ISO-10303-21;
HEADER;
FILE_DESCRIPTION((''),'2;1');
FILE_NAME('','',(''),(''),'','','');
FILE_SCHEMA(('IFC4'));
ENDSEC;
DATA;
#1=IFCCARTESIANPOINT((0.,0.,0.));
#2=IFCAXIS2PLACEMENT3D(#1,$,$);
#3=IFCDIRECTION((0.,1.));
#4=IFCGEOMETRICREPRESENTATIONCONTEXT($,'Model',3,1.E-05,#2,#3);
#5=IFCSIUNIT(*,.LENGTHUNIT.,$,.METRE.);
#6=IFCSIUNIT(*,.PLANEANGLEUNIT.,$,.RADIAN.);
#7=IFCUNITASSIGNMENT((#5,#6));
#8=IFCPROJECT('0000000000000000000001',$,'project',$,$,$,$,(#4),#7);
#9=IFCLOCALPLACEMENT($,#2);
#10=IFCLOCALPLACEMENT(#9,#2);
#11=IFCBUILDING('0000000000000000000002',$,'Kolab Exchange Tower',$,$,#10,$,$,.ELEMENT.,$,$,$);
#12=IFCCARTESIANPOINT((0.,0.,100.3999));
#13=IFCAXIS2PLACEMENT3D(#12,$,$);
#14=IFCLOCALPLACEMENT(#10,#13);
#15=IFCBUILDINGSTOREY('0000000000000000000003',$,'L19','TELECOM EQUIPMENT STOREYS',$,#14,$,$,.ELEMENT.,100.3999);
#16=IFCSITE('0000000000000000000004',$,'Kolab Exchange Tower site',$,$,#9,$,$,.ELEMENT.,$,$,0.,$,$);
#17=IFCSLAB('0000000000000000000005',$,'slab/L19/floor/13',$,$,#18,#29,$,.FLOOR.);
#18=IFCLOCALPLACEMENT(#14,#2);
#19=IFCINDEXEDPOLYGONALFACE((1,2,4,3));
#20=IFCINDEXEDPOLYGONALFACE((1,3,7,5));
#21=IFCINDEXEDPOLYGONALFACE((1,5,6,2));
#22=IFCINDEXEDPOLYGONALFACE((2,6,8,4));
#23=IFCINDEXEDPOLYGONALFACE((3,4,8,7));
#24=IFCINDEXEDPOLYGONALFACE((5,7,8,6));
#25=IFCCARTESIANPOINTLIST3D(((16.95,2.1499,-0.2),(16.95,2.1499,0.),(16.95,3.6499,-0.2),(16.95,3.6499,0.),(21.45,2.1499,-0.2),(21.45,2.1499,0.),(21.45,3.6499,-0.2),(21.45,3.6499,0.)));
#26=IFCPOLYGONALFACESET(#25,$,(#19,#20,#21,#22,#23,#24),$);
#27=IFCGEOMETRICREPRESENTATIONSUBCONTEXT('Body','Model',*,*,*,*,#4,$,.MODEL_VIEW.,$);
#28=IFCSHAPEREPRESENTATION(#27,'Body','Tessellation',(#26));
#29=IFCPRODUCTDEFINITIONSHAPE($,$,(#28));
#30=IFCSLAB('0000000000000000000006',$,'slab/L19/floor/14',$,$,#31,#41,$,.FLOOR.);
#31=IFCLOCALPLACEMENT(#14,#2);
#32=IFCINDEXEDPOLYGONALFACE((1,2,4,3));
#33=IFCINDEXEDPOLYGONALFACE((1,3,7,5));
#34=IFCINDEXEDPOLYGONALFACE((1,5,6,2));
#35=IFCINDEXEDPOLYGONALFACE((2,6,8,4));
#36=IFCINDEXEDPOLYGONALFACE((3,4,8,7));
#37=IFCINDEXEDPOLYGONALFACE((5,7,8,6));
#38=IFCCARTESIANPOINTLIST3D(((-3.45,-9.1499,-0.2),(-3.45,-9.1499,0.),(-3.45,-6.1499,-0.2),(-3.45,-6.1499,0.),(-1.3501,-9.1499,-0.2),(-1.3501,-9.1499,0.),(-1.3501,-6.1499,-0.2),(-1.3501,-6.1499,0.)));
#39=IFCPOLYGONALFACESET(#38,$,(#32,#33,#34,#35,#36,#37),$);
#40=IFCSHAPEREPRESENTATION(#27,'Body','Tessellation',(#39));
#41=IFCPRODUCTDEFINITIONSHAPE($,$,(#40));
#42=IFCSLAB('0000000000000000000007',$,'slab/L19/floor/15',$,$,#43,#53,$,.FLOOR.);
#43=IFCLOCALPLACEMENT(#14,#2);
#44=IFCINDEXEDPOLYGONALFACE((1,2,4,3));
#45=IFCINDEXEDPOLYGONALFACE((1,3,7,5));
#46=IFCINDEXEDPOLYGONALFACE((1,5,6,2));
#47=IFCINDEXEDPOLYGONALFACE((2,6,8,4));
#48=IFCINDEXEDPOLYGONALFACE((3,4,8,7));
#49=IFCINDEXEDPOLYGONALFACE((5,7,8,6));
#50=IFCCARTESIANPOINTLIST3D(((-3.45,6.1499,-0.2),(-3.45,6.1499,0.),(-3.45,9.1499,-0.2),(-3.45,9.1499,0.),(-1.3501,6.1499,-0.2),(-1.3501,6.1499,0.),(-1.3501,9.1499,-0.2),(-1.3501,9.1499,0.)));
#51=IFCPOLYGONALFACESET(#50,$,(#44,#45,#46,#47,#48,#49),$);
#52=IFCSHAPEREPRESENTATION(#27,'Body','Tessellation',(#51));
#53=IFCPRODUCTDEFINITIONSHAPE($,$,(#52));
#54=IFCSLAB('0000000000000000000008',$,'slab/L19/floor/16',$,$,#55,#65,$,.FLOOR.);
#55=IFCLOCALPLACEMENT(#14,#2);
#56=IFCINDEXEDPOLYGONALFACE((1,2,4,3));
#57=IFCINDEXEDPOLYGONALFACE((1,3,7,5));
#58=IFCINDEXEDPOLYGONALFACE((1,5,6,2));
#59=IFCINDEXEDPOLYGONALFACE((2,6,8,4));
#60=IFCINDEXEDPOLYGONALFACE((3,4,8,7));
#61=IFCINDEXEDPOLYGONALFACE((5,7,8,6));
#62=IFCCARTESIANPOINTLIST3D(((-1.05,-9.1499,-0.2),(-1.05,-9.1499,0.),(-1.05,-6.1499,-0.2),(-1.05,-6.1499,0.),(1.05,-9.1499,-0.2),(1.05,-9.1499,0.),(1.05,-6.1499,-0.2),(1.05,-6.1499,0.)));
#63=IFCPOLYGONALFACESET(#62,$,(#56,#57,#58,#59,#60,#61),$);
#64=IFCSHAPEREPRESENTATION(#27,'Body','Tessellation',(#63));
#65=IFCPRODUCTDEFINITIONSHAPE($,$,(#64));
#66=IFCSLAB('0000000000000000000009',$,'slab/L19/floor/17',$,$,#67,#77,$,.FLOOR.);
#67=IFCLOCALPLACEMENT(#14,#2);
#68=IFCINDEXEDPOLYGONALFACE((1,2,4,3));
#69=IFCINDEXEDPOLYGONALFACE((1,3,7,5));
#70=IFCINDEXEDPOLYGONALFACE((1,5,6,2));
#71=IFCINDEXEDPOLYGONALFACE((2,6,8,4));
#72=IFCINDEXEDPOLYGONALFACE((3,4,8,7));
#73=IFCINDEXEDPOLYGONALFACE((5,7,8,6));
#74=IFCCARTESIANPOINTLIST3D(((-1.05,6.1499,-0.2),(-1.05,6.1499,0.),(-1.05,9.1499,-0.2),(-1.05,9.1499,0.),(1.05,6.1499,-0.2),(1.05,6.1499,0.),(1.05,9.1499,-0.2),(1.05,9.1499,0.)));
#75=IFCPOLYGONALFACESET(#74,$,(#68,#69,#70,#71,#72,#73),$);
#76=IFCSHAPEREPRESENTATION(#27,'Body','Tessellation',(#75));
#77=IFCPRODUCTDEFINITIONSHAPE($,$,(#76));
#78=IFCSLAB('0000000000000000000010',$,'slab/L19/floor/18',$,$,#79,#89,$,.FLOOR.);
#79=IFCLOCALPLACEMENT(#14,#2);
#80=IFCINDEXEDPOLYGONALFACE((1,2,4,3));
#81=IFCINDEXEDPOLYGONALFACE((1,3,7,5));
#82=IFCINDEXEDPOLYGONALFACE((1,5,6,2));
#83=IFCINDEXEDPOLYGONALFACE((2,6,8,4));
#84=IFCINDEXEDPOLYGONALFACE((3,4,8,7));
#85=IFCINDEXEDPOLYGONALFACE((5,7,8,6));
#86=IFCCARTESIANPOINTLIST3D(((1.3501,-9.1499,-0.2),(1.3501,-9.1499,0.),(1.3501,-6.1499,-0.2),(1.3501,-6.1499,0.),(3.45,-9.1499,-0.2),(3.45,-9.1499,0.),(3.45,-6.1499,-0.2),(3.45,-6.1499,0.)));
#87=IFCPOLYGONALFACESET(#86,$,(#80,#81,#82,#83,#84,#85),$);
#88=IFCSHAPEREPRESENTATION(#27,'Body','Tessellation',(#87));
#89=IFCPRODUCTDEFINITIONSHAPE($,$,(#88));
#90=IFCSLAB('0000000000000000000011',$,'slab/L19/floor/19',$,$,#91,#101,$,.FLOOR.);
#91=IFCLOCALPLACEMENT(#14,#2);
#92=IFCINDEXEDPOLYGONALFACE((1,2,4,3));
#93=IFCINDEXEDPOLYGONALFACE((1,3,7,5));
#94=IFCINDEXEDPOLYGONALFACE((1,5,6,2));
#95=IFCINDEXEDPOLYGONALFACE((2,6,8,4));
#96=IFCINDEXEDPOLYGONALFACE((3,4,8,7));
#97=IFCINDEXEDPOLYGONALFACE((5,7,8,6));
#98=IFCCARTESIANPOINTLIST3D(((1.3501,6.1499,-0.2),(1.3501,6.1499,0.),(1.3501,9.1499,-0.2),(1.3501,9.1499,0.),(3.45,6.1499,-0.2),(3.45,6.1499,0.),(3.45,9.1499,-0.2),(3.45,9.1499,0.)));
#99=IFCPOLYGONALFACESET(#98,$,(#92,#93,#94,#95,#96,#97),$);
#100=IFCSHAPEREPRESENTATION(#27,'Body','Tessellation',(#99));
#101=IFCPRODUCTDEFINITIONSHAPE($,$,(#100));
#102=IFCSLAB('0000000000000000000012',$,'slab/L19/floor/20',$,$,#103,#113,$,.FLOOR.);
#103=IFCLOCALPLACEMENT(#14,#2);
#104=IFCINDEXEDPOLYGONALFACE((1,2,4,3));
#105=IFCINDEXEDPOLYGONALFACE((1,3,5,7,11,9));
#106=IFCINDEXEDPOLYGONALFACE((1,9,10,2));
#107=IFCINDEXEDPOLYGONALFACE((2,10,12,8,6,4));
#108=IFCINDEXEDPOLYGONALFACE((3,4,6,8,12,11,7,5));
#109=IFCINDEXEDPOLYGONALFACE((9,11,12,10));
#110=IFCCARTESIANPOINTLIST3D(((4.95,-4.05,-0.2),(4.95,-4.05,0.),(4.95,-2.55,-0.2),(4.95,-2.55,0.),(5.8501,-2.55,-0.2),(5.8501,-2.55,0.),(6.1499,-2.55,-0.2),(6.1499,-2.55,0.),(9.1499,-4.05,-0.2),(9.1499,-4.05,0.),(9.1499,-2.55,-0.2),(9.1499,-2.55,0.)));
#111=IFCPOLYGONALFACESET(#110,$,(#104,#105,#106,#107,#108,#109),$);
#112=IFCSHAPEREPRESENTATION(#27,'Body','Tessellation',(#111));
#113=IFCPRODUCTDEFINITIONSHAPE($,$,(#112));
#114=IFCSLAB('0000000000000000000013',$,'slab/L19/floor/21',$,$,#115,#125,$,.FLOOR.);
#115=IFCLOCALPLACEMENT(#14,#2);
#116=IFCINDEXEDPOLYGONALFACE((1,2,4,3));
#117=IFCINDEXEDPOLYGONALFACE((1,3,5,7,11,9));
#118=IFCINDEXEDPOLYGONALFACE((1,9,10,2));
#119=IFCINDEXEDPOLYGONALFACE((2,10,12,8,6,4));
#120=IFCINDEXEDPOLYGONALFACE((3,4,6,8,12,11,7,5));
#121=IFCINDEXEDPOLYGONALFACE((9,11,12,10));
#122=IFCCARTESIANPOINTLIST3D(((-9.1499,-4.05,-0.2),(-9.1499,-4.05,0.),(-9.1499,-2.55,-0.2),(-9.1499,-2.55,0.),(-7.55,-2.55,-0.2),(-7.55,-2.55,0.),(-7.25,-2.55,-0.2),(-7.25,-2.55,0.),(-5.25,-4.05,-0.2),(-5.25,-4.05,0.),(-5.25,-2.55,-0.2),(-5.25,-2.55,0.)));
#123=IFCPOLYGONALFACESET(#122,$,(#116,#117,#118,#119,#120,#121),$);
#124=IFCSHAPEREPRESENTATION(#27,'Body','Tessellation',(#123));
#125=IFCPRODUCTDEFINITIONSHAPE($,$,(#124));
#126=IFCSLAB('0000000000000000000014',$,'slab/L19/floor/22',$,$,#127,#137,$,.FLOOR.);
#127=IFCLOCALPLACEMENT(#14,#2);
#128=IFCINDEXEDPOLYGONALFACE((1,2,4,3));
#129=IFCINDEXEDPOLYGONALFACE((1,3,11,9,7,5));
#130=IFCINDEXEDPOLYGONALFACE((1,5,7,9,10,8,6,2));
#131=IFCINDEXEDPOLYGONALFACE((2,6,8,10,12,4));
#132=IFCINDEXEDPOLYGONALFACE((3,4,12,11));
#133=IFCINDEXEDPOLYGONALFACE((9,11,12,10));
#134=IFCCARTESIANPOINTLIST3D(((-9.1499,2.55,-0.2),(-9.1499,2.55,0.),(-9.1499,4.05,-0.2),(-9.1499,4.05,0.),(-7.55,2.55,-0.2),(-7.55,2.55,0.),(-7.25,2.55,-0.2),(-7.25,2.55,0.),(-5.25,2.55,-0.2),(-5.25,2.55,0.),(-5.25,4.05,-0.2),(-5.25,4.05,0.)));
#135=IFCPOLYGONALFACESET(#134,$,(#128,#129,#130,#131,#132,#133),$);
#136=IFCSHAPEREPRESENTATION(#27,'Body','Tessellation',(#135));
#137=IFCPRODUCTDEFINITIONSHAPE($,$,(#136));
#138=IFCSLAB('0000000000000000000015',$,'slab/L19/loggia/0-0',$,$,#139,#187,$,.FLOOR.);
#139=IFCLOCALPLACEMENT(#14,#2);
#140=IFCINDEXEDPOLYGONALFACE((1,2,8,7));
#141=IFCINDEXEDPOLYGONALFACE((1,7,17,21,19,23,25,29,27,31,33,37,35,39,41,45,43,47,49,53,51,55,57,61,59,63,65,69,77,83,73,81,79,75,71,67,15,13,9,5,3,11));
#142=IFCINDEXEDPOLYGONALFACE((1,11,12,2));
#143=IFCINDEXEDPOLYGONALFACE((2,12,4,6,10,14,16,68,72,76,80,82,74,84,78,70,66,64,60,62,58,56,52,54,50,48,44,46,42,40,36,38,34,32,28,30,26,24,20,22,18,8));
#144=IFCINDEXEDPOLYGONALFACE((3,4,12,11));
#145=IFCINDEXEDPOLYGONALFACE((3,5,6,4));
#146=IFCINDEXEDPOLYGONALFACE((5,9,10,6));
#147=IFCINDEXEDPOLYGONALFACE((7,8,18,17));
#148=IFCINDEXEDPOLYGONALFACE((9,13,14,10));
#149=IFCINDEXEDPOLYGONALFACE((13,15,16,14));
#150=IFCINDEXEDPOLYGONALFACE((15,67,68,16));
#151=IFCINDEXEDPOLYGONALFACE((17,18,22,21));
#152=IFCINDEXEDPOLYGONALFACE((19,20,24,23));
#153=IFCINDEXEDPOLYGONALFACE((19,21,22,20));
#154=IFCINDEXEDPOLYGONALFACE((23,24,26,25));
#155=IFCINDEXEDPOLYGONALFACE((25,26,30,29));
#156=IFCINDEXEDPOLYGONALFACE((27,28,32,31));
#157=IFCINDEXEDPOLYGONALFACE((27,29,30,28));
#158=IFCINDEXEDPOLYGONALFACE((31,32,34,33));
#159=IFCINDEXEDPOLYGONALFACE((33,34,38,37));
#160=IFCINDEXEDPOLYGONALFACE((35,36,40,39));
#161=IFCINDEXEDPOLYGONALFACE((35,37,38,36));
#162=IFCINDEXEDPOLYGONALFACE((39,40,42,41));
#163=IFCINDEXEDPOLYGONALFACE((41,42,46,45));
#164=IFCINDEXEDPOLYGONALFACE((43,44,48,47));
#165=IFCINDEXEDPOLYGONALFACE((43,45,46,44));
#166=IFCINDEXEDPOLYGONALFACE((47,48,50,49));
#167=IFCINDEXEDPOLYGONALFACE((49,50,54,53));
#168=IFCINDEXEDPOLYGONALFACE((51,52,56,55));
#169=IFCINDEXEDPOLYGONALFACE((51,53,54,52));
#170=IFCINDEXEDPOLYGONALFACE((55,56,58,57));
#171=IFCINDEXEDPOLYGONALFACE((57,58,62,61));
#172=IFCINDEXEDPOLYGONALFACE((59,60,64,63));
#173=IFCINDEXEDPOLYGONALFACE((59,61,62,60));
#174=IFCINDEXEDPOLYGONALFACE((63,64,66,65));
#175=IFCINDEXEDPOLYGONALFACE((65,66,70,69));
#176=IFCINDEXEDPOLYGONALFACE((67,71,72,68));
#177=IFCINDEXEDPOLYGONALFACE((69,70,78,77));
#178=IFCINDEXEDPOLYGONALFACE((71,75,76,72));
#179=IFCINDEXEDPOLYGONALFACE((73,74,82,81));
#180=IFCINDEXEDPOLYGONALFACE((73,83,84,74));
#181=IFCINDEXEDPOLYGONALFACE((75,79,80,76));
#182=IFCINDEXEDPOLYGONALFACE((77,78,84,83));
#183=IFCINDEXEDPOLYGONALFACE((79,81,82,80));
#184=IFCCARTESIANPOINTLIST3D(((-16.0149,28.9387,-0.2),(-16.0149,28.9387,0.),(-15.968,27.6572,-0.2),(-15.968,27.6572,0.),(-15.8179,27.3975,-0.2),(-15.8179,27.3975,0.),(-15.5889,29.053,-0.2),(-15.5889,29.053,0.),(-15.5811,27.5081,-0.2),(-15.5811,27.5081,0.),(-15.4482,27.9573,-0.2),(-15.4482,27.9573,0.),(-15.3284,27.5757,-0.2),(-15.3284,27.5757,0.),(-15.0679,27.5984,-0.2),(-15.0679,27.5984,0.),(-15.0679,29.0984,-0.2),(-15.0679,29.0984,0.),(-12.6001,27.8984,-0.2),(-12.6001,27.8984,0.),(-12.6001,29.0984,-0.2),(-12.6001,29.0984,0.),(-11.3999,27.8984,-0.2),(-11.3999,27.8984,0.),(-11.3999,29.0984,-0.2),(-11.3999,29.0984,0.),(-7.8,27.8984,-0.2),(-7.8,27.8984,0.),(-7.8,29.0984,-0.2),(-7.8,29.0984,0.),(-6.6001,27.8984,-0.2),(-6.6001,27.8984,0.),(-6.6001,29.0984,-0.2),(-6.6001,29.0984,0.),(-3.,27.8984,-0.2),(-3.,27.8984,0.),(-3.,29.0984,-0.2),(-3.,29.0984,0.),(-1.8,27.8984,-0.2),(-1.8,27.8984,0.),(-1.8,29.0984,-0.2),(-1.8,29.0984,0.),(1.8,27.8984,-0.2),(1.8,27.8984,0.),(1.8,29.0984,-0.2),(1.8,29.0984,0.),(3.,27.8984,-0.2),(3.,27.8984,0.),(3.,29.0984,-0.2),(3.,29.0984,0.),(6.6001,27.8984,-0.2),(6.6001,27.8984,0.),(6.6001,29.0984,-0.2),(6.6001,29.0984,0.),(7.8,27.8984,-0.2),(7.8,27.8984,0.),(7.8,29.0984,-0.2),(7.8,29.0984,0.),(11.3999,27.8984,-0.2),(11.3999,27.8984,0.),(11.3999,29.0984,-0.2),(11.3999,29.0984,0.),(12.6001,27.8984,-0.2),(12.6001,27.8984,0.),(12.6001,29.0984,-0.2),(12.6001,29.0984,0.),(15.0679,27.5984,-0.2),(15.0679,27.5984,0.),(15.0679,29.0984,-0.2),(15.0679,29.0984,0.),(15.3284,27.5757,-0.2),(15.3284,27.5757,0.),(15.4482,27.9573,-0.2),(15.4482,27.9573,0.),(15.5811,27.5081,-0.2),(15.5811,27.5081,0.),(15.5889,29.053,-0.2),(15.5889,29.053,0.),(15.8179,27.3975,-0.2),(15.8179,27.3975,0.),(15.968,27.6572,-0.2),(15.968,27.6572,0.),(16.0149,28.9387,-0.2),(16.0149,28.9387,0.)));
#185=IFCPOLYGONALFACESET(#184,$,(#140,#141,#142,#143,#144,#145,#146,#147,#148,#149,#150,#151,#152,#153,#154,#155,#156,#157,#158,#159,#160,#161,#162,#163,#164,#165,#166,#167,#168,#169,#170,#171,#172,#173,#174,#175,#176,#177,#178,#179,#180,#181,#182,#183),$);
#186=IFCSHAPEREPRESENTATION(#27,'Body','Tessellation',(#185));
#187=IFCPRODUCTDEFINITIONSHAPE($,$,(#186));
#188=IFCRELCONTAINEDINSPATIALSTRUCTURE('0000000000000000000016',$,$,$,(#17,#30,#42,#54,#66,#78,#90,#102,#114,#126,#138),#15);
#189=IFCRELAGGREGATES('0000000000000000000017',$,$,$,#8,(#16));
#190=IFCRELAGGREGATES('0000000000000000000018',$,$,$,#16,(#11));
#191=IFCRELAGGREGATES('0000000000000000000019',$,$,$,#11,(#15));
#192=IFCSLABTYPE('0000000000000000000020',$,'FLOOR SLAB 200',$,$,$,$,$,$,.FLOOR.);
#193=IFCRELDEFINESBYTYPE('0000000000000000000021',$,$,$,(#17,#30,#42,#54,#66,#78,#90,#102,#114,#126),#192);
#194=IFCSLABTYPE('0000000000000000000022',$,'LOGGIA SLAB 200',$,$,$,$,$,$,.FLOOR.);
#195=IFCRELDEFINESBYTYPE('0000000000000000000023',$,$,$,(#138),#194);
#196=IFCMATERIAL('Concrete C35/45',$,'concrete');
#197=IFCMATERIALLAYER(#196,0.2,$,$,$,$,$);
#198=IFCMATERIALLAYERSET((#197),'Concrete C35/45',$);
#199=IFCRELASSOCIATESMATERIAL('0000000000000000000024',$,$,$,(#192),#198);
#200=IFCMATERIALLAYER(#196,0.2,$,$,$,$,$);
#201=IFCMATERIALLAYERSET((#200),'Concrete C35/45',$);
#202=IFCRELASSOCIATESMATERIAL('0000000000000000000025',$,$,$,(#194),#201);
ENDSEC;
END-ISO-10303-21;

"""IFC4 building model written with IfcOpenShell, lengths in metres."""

from ifc_helpers import new_model, si_unit, direction, frame, origin, place, context, subcontext, project, spatial, polyline, outline, extrude, material, layer, layer_set, type_object, element, save


model = new_model("IFC4")

# Units and contexts
model_context = context("Model", 3, precision=1e-05, world=origin(), true_north=direction((0.0, 1.0)))
body_context = subcontext(model_context, "Body", "Model", "MODEL_VIEW")
ifc_project = project(units=[si_unit("LENGTHUNIT", "METRE"), si_unit("PLANEANGLEUNIT", "RADIAN")], contexts=[model_context])

# Site, building, storey
site_placement = place(None, origin())
site = spatial("IfcSite", under=ifc_project, at=site_placement, Name="Kolab Exchange Tower site", CompositionType="ELEMENT", RefElevation=0.0)
building_placement = place(site_placement, origin())
building = spatial("IfcBuilding", under=site, at=building_placement, Name="Kolab Exchange Tower", CompositionType="ELEMENT")
storey_placement = place(building_placement, frame((0.0, 0.0, 100.3999)))
storey = spatial("IfcBuildingStorey", under=building, at=storey_placement, Name="L19", Description="TELECOM EQUIPMENT STOREYS", CompositionType="ELEMENT", Elevation=100.3999)

# Slabs
ifc_material_1 = material(Name="Concrete C35/45", Category="concrete")
ifc_layer_1 = layer(ifc_material_1, 0.2)
ifc_layer_set_1 = layer_set([ifc_layer_1], Name="Concrete C35/45")
slab_type_1 = type_object("IfcSlabType", Name="FLOOR SLAB 200", PredefinedType="FLOOR", material=ifc_layer_set_1)
slab_1_placement = place(storey_placement, frame((0.0, 0.0, -0.2)))
element("IfcSlab", 1, at=slab_1_placement, inside=storey, type_object=slab_type_1, Name="slab/L19/floor/13", PredefinedType="FLOOR", context=body_context, shape_type="SweptSolid", body=[
    extrude(outline(polyline([(21.45, 3.6499), (16.95, 3.6499), (16.95, 2.1499), (21.45, 2.1499), (21.45, 3.6499)])), origin(), (0.0, 0.0, 1.0), 0.2),
])
slab_2_placement = place(storey_placement, frame((0.0, 0.0, -0.2)))
element("IfcSlab", 2, at=slab_2_placement, inside=storey, type_object=slab_type_1, Name="slab/L19/floor/14", PredefinedType="FLOOR", context=body_context, shape_type="SweptSolid", body=[
    extrude(outline(polyline([(-1.3501, -6.1499), (-3.45, -6.1499), (-3.45, -9.1499), (-1.3501, -9.1499), (-1.3501, -6.1499)])), origin(), (0.0, 0.0, 1.0), 0.2),
])
slab_3_placement = place(storey_placement, frame((0.0, 0.0, -0.2)))
element("IfcSlab", 3, at=slab_3_placement, inside=storey, type_object=slab_type_1, Name="slab/L19/floor/15", PredefinedType="FLOOR", context=body_context, shape_type="SweptSolid", body=[
    extrude(outline(polyline([(-1.3501, 6.1499), (-1.3501, 9.1499), (-3.45, 9.1499), (-3.45, 6.1499), (-1.3501, 6.1499)])), origin(), (0.0, 0.0, 1.0), 0.2),
])
slab_4_placement = place(storey_placement, frame((0.0, 0.0, -0.2)))
element("IfcSlab", 4, at=slab_4_placement, inside=storey, type_object=slab_type_1, Name="slab/L19/floor/16", PredefinedType="FLOOR", context=body_context, shape_type="SweptSolid", body=[
    extrude(outline(polyline([(1.05, -6.1499), (-1.05, -6.1499), (-1.05, -9.1499), (1.05, -9.1499), (1.05, -6.1499)])), origin(), (0.0, 0.0, 1.0), 0.2),
])
slab_5_placement = place(storey_placement, frame((0.0, 0.0, -0.2)))
element("IfcSlab", 5, at=slab_5_placement, inside=storey, type_object=slab_type_1, Name="slab/L19/floor/17", PredefinedType="FLOOR", context=body_context, shape_type="SweptSolid", body=[
    extrude(outline(polyline([(-1.05, 9.1499), (-1.05, 6.1499), (1.05, 6.1499), (1.05, 9.1499), (-1.05, 9.1499)])), origin(), (0.0, 0.0, 1.0), 0.2),
])
slab_6_placement = place(storey_placement, frame((0.0, 0.0, -0.2)))
element("IfcSlab", 6, at=slab_6_placement, inside=storey, type_object=slab_type_1, Name="slab/L19/floor/18", PredefinedType="FLOOR", context=body_context, shape_type="SweptSolid", body=[
    extrude(outline(polyline([(1.3501, -6.1499), (1.3501, -9.1499), (3.45, -9.1499), (3.45, -6.1499), (1.3501, -6.1499)])), origin(), (0.0, 0.0, 1.0), 0.2),
])
slab_7_placement = place(storey_placement, frame((0.0, 0.0, -0.2)))
element("IfcSlab", 7, at=slab_7_placement, inside=storey, type_object=slab_type_1, Name="slab/L19/floor/19", PredefinedType="FLOOR", context=body_context, shape_type="SweptSolid", body=[
    extrude(outline(polyline([(1.3501, 6.1499), (3.45, 6.1499), (3.45, 9.1499), (1.3501, 9.1499), (1.3501, 6.1499)])), origin(), (0.0, 0.0, 1.0), 0.2),
])
slab_8_placement = place(storey_placement, frame((0.0, 0.0, -0.2)))
element("IfcSlab", 8, at=slab_8_placement, inside=storey, type_object=slab_type_1, Name="slab/L19/floor/20", PredefinedType="FLOOR", context=body_context, shape_type="SweptSolid", body=[
    extrude(outline(polyline([(4.95, -4.05), (9.1499, -4.05), (9.1499, -2.55), (6.1499, -2.55), (5.8501, -2.55), (4.95, -2.55), (4.95, -4.05)])), origin(), (0.0, 0.0, 1.0), 0.2),
])
slab_9_placement = place(storey_placement, frame((0.0, 0.0, -0.2)))
element("IfcSlab", 9, at=slab_9_placement, inside=storey, type_object=slab_type_1, Name="slab/L19/floor/21", PredefinedType="FLOOR", context=body_context, shape_type="SweptSolid", body=[
    extrude(outline(polyline([(-9.1499, -2.55), (-9.1499, -4.05), (-5.25, -4.05), (-5.25, -2.55), (-7.25, -2.55), (-7.55, -2.55), (-9.1499, -2.55)])), origin(), (0.0, 0.0, 1.0), 0.2),
])
slab_10_placement = place(storey_placement, frame((0.0, 0.0, -0.2)))
element("IfcSlab", 10, at=slab_10_placement, inside=storey, type_object=slab_type_1, Name="slab/L19/floor/22", PredefinedType="FLOOR", context=body_context, shape_type="SweptSolid", body=[
    extrude(outline(polyline([(-5.25, 4.05), (-9.1499, 4.05), (-9.1499, 2.55), (-7.55, 2.55), (-7.25, 2.55), (-5.25, 2.55), (-5.25, 4.05)])), origin(), (0.0, 0.0, 1.0), 0.2),
])
ifc_layer_2 = layer(ifc_material_1, 0.2)
ifc_layer_set_2 = layer_set([ifc_layer_2], Name="Concrete C35/45")
slab_type_2 = type_object("IfcSlabType", Name="LOGGIA SLAB 200", PredefinedType="FLOOR", material=ifc_layer_set_2)
slab_11_placement = place(storey_placement, frame((0.0, 0.0, -0.2)))
element("IfcSlab", 11, at=slab_11_placement, inside=storey, type_object=slab_type_2, Name="slab/L19/loggia/0-0", PredefinedType="FLOOR", context=body_context, shape_type="SweptSolid", body=[
    extrude(outline(polyline([(15.8179, 27.3975), (15.968, 27.6572), (15.4482, 27.9573), (16.0149, 28.9387), (15.5889, 29.053), (15.0679, 29.0984), (12.6001, 29.0984), (12.6001, 27.8984), (11.3999, 27.8984), (11.3999, 29.0984), (7.8, 29.0984), (7.8, 27.8984), (6.6001, 27.8984), (6.6001, 29.0984), (3.0, 29.0984), (3.0, 27.8984), (1.8, 27.8984), (1.8, 29.0984), (-1.8, 29.0984), (-1.8, 27.8984), (-3.0, 27.8984), (-3.0, 29.0984), (-6.6001, 29.0984), (-6.6001, 27.8984), (-7.8, 27.8984), (-7.8, 29.0984), (-11.3999, 29.0984), (-11.3999, 27.8984), (-12.6001, 27.8984), (-12.6001, 29.0984), (-15.0679, 29.0984), (-15.5889, 29.053), (-16.0149, 28.9387), (-15.4482, 27.9573), (-15.968, 27.6572), (-15.8179, 27.3975), (-15.5811, 27.5081), (-15.3284, 27.5757), (-15.0679, 27.5984), (15.0679, 27.5984), (15.3284, 27.5757), (15.5811, 27.5081), (15.8179, 27.3975)])), origin(), (0.0, 0.0, 1.0), 0.2),
])

save(model, "model.ifc")
